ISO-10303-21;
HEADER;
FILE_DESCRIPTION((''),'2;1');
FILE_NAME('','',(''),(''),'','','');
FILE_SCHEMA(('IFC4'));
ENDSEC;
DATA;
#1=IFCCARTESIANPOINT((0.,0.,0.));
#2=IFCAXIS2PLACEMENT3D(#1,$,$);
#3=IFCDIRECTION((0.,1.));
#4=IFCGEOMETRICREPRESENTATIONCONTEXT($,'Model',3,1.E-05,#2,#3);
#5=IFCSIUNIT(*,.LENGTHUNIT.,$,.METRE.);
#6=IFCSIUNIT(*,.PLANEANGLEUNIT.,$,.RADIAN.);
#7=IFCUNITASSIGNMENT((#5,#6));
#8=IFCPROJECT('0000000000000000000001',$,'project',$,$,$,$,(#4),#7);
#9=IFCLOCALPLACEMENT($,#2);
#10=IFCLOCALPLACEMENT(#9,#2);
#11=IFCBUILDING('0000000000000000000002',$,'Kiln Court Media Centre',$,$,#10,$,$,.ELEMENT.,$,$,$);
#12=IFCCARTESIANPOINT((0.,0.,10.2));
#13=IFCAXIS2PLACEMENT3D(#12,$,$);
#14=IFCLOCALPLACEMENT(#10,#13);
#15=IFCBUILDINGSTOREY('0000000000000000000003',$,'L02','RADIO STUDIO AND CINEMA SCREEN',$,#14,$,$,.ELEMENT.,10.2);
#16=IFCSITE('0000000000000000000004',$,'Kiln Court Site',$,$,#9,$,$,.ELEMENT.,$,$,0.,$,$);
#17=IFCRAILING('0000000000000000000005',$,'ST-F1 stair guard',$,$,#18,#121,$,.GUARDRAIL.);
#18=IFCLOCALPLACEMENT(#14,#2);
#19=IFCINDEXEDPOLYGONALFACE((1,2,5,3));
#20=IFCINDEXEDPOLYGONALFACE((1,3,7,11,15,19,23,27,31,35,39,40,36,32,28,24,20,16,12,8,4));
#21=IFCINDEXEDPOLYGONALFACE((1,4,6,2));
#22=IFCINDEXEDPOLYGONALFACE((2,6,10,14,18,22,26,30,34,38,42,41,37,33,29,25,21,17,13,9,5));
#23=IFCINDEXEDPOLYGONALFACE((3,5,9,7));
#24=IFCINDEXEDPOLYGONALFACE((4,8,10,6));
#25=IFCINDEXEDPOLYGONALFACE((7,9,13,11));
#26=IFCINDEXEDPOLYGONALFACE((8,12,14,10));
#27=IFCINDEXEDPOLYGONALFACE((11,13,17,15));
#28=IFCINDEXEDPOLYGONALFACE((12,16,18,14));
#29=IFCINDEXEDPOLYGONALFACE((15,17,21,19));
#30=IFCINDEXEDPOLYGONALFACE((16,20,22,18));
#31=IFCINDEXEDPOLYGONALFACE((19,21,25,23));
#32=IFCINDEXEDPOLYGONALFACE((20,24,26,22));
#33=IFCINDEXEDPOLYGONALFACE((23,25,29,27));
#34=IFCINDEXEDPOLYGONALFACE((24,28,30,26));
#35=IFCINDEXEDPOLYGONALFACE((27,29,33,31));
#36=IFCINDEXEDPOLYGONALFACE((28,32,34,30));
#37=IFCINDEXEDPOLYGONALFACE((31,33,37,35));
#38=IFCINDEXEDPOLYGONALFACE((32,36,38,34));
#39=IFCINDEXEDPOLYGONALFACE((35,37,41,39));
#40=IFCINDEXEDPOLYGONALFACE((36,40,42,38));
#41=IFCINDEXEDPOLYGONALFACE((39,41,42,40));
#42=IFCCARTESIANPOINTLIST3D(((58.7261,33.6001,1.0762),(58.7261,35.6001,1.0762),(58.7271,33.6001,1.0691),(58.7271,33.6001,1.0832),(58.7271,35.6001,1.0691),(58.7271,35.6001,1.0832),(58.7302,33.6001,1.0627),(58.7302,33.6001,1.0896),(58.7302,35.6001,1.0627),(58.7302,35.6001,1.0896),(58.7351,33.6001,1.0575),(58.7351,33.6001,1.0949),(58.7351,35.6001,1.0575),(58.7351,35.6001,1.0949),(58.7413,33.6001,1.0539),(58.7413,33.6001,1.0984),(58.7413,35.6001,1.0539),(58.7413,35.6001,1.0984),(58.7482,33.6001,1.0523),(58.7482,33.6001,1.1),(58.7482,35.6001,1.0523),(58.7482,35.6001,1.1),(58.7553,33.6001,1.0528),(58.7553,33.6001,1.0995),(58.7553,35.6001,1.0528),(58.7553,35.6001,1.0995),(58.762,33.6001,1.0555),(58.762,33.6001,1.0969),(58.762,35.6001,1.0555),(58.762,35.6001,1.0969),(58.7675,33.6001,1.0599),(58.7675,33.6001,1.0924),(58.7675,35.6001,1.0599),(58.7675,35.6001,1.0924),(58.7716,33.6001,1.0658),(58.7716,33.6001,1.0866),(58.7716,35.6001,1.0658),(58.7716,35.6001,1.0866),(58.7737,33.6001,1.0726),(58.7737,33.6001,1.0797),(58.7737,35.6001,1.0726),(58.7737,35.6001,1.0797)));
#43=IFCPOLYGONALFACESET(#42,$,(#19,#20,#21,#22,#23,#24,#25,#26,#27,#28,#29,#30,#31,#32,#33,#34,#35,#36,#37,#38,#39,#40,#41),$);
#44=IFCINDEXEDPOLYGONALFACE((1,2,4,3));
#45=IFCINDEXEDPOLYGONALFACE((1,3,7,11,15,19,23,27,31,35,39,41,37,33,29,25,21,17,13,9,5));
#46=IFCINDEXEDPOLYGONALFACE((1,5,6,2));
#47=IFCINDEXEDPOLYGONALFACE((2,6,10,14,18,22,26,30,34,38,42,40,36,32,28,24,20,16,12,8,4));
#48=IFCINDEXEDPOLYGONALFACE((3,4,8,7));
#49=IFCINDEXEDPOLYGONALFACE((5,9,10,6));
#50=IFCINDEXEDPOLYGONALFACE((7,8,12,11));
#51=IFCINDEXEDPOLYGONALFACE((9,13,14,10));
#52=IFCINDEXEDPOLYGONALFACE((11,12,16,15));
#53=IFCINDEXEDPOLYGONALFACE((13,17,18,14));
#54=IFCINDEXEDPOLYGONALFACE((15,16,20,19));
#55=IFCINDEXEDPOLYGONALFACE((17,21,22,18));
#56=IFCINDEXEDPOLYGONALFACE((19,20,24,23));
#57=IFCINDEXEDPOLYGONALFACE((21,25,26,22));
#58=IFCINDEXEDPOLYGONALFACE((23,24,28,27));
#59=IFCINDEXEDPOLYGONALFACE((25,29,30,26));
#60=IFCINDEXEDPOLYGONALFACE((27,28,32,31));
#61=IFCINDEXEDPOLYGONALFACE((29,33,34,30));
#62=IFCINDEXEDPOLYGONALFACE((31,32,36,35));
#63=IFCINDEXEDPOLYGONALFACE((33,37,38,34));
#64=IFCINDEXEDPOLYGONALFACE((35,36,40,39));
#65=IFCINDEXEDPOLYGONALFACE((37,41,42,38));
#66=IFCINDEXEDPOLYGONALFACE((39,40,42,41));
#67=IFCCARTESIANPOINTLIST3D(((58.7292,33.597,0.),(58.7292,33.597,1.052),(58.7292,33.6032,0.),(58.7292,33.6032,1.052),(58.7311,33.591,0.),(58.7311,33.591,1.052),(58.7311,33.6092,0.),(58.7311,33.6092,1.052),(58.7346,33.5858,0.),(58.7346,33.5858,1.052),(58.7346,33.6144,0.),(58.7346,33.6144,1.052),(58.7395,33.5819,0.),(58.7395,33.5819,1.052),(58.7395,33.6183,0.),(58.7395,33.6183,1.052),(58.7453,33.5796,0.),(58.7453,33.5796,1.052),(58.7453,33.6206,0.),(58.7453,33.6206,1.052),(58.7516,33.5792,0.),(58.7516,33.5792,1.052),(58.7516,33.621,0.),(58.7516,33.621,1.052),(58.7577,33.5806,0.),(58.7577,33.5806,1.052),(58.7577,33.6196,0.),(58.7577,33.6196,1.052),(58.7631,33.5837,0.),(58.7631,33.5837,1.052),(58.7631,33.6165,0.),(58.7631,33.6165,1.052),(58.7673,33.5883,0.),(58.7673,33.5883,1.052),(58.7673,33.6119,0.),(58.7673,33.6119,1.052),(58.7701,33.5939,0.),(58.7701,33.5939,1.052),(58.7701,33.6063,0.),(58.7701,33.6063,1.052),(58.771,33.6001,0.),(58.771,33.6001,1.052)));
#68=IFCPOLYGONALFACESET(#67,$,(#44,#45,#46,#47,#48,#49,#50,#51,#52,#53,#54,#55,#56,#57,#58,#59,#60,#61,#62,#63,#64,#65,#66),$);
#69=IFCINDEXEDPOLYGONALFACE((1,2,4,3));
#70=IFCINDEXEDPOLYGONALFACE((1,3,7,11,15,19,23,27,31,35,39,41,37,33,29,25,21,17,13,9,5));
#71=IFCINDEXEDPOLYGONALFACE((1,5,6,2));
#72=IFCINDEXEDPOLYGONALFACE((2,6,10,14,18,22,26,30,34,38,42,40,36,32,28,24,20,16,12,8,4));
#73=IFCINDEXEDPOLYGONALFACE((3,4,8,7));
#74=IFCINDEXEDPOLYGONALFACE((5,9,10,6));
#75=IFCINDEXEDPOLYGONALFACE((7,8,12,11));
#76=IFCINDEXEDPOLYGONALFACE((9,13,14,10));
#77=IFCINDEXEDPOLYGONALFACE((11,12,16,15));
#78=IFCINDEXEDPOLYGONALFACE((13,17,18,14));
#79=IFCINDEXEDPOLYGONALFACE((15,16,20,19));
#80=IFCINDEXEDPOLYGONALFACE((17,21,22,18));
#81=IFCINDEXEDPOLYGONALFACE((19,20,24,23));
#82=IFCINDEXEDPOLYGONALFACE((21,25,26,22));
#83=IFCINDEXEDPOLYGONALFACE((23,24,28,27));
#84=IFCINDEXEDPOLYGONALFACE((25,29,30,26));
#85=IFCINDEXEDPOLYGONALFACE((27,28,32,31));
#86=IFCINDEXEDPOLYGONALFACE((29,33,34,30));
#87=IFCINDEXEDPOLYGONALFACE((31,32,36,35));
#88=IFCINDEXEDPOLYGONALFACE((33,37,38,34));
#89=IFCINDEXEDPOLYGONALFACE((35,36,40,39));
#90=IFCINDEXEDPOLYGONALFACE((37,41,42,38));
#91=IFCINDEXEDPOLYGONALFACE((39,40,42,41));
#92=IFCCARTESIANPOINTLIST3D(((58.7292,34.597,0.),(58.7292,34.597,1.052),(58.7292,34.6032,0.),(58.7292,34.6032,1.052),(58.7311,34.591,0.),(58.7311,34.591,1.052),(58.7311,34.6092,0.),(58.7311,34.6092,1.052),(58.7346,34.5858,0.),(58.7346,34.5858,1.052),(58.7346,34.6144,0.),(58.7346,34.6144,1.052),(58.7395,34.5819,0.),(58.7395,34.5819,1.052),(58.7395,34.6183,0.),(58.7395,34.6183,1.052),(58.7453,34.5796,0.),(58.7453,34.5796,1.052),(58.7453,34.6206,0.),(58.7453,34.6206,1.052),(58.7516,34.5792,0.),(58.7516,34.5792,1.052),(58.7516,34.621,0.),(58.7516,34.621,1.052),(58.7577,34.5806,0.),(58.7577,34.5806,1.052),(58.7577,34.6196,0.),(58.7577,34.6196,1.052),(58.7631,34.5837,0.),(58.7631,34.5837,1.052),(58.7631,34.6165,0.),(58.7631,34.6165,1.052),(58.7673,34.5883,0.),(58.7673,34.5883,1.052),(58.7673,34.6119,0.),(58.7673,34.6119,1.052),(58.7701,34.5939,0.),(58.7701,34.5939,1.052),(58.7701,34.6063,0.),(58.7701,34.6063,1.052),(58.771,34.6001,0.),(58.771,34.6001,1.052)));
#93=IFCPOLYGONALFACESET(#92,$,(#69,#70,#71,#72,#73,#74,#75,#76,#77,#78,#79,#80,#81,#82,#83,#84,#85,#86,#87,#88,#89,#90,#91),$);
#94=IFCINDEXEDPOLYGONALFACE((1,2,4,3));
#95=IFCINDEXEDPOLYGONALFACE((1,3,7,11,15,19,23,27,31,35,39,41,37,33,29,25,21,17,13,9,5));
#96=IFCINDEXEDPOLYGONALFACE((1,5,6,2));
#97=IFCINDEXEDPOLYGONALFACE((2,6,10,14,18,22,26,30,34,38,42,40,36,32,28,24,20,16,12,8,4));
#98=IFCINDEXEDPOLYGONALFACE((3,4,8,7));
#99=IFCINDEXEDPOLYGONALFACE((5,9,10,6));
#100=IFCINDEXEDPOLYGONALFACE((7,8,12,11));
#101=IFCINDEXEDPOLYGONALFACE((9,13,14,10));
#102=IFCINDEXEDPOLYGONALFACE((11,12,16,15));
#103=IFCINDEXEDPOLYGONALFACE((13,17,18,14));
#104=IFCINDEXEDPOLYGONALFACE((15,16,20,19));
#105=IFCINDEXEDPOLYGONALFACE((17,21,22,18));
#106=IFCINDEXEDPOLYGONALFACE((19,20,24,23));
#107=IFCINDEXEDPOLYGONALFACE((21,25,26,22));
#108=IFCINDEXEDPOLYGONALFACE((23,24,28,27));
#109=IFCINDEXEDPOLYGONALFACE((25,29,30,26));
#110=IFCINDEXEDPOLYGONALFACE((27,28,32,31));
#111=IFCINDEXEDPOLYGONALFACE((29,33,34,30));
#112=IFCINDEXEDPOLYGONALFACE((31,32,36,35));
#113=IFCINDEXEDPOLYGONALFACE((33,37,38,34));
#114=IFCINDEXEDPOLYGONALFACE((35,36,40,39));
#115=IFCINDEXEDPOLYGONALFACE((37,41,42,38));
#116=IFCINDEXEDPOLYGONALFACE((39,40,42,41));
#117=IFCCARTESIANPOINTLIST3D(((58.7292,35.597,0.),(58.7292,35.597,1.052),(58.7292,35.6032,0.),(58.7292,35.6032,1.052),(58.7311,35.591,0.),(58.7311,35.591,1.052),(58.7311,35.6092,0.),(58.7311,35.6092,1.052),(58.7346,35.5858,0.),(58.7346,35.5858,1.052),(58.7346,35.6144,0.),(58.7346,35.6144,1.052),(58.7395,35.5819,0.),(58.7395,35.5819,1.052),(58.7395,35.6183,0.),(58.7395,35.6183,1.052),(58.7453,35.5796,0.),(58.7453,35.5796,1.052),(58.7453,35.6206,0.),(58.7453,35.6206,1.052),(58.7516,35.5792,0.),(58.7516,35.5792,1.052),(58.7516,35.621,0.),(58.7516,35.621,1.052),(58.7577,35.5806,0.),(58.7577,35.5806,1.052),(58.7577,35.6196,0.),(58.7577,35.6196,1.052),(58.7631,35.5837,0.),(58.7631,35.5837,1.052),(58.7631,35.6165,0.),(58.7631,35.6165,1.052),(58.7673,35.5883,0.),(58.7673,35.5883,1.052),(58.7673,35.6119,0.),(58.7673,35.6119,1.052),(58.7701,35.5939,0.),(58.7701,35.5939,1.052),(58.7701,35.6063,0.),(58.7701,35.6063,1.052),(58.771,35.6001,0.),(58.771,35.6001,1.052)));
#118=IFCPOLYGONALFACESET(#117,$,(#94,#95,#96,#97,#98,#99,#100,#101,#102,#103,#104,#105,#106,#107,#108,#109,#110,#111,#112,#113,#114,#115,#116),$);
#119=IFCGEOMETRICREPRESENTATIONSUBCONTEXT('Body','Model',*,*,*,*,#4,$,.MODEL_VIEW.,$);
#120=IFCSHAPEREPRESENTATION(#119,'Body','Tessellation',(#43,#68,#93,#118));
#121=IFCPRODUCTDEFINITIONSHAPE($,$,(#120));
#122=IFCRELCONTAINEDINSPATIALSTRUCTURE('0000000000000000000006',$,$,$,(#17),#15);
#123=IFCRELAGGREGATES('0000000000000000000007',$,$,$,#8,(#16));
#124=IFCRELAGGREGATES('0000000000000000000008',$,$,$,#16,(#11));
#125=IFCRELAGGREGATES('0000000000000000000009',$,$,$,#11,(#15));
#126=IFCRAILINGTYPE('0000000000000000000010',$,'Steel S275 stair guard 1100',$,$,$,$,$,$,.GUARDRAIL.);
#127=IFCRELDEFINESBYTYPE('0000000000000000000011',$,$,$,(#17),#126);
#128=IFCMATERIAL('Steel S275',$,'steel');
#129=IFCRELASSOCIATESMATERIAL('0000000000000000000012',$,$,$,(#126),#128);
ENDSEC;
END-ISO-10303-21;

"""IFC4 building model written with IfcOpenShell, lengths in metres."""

from ifc_helpers import new_model, si_unit, direction, frame, origin, origin_2d, place, context, subcontext, project, spatial, circle, extrude, material, type_object, element, save


model = new_model("IFC4")

# Units and contexts
model_context = context("Model", 3, precision=1e-05, world=origin(), true_north=direction((0.0, 1.0)))
body_context = subcontext(model_context, "Body", "Model", "MODEL_VIEW")
ifc_project = project(units=[si_unit("LENGTHUNIT", "METRE"), si_unit("PLANEANGLEUNIT", "RADIAN")], contexts=[model_context])

# Site, building, storey
site_placement = place(None, origin())
site = spatial("IfcSite", under=ifc_project, at=site_placement, Name="Kiln Court Site", CompositionType="ELEMENT", RefElevation=0.0)
building_placement = place(site_placement, origin())
building = spatial("IfcBuilding", under=site, at=building_placement, Name="Kiln Court Media Centre", CompositionType="ELEMENT")
storey_placement = place(building_placement, frame((0.0, 0.0, 10.2)))
storey = spatial("IfcBuildingStorey", under=building, at=storey_placement, Name="L02", Description="RADIO STUDIO AND CINEMA SCREEN", CompositionType="ELEMENT", Elevation=10.2)

# Railing
ifc_material_1 = material(Name="Steel S275", Category="steel")
railing_type_1 = type_object("IfcRailingType", Name="Steel S275 stair guard 1100", PredefinedType="GUARDRAIL", material=ifc_material_1)
railing_1_placement = place(storey_placement, frame((58.75, 33.6001, 0.0)))
element("IfcRailing", 1, at=railing_1_placement, inside=storey, type_object=railing_type_1, Name="ST-F1 stair guard", PredefinedType="GUARDRAIL", context=body_context, shape_type="SweptSolid", body=[
    extrude(circle(Radius=0.0239, at=origin_2d()), frame((0.0, 0.0, 1.0762), z_axis=(0.0, 1.0, 0.0), x_axis=(-1.0, 0.0, 0.0)), (0.0, 0.0, 1.0), 2.0),
    extrude(circle(Radius=0.021, at=origin_2d()), origin(), (0.0, 0.0, 1.0), 1.052),
    extrude(circle(Radius=0.021, at=origin_2d()), frame((0.0, 1.0, 0.0)), (0.0, 0.0, 1.0), 1.052),
    extrude(circle(Radius=0.021, at=origin_2d()), frame((0.0, 2.0, 0.0)), (0.0, 0.0, 1.0), 1.052),
])

save(model, "model.ifc")
